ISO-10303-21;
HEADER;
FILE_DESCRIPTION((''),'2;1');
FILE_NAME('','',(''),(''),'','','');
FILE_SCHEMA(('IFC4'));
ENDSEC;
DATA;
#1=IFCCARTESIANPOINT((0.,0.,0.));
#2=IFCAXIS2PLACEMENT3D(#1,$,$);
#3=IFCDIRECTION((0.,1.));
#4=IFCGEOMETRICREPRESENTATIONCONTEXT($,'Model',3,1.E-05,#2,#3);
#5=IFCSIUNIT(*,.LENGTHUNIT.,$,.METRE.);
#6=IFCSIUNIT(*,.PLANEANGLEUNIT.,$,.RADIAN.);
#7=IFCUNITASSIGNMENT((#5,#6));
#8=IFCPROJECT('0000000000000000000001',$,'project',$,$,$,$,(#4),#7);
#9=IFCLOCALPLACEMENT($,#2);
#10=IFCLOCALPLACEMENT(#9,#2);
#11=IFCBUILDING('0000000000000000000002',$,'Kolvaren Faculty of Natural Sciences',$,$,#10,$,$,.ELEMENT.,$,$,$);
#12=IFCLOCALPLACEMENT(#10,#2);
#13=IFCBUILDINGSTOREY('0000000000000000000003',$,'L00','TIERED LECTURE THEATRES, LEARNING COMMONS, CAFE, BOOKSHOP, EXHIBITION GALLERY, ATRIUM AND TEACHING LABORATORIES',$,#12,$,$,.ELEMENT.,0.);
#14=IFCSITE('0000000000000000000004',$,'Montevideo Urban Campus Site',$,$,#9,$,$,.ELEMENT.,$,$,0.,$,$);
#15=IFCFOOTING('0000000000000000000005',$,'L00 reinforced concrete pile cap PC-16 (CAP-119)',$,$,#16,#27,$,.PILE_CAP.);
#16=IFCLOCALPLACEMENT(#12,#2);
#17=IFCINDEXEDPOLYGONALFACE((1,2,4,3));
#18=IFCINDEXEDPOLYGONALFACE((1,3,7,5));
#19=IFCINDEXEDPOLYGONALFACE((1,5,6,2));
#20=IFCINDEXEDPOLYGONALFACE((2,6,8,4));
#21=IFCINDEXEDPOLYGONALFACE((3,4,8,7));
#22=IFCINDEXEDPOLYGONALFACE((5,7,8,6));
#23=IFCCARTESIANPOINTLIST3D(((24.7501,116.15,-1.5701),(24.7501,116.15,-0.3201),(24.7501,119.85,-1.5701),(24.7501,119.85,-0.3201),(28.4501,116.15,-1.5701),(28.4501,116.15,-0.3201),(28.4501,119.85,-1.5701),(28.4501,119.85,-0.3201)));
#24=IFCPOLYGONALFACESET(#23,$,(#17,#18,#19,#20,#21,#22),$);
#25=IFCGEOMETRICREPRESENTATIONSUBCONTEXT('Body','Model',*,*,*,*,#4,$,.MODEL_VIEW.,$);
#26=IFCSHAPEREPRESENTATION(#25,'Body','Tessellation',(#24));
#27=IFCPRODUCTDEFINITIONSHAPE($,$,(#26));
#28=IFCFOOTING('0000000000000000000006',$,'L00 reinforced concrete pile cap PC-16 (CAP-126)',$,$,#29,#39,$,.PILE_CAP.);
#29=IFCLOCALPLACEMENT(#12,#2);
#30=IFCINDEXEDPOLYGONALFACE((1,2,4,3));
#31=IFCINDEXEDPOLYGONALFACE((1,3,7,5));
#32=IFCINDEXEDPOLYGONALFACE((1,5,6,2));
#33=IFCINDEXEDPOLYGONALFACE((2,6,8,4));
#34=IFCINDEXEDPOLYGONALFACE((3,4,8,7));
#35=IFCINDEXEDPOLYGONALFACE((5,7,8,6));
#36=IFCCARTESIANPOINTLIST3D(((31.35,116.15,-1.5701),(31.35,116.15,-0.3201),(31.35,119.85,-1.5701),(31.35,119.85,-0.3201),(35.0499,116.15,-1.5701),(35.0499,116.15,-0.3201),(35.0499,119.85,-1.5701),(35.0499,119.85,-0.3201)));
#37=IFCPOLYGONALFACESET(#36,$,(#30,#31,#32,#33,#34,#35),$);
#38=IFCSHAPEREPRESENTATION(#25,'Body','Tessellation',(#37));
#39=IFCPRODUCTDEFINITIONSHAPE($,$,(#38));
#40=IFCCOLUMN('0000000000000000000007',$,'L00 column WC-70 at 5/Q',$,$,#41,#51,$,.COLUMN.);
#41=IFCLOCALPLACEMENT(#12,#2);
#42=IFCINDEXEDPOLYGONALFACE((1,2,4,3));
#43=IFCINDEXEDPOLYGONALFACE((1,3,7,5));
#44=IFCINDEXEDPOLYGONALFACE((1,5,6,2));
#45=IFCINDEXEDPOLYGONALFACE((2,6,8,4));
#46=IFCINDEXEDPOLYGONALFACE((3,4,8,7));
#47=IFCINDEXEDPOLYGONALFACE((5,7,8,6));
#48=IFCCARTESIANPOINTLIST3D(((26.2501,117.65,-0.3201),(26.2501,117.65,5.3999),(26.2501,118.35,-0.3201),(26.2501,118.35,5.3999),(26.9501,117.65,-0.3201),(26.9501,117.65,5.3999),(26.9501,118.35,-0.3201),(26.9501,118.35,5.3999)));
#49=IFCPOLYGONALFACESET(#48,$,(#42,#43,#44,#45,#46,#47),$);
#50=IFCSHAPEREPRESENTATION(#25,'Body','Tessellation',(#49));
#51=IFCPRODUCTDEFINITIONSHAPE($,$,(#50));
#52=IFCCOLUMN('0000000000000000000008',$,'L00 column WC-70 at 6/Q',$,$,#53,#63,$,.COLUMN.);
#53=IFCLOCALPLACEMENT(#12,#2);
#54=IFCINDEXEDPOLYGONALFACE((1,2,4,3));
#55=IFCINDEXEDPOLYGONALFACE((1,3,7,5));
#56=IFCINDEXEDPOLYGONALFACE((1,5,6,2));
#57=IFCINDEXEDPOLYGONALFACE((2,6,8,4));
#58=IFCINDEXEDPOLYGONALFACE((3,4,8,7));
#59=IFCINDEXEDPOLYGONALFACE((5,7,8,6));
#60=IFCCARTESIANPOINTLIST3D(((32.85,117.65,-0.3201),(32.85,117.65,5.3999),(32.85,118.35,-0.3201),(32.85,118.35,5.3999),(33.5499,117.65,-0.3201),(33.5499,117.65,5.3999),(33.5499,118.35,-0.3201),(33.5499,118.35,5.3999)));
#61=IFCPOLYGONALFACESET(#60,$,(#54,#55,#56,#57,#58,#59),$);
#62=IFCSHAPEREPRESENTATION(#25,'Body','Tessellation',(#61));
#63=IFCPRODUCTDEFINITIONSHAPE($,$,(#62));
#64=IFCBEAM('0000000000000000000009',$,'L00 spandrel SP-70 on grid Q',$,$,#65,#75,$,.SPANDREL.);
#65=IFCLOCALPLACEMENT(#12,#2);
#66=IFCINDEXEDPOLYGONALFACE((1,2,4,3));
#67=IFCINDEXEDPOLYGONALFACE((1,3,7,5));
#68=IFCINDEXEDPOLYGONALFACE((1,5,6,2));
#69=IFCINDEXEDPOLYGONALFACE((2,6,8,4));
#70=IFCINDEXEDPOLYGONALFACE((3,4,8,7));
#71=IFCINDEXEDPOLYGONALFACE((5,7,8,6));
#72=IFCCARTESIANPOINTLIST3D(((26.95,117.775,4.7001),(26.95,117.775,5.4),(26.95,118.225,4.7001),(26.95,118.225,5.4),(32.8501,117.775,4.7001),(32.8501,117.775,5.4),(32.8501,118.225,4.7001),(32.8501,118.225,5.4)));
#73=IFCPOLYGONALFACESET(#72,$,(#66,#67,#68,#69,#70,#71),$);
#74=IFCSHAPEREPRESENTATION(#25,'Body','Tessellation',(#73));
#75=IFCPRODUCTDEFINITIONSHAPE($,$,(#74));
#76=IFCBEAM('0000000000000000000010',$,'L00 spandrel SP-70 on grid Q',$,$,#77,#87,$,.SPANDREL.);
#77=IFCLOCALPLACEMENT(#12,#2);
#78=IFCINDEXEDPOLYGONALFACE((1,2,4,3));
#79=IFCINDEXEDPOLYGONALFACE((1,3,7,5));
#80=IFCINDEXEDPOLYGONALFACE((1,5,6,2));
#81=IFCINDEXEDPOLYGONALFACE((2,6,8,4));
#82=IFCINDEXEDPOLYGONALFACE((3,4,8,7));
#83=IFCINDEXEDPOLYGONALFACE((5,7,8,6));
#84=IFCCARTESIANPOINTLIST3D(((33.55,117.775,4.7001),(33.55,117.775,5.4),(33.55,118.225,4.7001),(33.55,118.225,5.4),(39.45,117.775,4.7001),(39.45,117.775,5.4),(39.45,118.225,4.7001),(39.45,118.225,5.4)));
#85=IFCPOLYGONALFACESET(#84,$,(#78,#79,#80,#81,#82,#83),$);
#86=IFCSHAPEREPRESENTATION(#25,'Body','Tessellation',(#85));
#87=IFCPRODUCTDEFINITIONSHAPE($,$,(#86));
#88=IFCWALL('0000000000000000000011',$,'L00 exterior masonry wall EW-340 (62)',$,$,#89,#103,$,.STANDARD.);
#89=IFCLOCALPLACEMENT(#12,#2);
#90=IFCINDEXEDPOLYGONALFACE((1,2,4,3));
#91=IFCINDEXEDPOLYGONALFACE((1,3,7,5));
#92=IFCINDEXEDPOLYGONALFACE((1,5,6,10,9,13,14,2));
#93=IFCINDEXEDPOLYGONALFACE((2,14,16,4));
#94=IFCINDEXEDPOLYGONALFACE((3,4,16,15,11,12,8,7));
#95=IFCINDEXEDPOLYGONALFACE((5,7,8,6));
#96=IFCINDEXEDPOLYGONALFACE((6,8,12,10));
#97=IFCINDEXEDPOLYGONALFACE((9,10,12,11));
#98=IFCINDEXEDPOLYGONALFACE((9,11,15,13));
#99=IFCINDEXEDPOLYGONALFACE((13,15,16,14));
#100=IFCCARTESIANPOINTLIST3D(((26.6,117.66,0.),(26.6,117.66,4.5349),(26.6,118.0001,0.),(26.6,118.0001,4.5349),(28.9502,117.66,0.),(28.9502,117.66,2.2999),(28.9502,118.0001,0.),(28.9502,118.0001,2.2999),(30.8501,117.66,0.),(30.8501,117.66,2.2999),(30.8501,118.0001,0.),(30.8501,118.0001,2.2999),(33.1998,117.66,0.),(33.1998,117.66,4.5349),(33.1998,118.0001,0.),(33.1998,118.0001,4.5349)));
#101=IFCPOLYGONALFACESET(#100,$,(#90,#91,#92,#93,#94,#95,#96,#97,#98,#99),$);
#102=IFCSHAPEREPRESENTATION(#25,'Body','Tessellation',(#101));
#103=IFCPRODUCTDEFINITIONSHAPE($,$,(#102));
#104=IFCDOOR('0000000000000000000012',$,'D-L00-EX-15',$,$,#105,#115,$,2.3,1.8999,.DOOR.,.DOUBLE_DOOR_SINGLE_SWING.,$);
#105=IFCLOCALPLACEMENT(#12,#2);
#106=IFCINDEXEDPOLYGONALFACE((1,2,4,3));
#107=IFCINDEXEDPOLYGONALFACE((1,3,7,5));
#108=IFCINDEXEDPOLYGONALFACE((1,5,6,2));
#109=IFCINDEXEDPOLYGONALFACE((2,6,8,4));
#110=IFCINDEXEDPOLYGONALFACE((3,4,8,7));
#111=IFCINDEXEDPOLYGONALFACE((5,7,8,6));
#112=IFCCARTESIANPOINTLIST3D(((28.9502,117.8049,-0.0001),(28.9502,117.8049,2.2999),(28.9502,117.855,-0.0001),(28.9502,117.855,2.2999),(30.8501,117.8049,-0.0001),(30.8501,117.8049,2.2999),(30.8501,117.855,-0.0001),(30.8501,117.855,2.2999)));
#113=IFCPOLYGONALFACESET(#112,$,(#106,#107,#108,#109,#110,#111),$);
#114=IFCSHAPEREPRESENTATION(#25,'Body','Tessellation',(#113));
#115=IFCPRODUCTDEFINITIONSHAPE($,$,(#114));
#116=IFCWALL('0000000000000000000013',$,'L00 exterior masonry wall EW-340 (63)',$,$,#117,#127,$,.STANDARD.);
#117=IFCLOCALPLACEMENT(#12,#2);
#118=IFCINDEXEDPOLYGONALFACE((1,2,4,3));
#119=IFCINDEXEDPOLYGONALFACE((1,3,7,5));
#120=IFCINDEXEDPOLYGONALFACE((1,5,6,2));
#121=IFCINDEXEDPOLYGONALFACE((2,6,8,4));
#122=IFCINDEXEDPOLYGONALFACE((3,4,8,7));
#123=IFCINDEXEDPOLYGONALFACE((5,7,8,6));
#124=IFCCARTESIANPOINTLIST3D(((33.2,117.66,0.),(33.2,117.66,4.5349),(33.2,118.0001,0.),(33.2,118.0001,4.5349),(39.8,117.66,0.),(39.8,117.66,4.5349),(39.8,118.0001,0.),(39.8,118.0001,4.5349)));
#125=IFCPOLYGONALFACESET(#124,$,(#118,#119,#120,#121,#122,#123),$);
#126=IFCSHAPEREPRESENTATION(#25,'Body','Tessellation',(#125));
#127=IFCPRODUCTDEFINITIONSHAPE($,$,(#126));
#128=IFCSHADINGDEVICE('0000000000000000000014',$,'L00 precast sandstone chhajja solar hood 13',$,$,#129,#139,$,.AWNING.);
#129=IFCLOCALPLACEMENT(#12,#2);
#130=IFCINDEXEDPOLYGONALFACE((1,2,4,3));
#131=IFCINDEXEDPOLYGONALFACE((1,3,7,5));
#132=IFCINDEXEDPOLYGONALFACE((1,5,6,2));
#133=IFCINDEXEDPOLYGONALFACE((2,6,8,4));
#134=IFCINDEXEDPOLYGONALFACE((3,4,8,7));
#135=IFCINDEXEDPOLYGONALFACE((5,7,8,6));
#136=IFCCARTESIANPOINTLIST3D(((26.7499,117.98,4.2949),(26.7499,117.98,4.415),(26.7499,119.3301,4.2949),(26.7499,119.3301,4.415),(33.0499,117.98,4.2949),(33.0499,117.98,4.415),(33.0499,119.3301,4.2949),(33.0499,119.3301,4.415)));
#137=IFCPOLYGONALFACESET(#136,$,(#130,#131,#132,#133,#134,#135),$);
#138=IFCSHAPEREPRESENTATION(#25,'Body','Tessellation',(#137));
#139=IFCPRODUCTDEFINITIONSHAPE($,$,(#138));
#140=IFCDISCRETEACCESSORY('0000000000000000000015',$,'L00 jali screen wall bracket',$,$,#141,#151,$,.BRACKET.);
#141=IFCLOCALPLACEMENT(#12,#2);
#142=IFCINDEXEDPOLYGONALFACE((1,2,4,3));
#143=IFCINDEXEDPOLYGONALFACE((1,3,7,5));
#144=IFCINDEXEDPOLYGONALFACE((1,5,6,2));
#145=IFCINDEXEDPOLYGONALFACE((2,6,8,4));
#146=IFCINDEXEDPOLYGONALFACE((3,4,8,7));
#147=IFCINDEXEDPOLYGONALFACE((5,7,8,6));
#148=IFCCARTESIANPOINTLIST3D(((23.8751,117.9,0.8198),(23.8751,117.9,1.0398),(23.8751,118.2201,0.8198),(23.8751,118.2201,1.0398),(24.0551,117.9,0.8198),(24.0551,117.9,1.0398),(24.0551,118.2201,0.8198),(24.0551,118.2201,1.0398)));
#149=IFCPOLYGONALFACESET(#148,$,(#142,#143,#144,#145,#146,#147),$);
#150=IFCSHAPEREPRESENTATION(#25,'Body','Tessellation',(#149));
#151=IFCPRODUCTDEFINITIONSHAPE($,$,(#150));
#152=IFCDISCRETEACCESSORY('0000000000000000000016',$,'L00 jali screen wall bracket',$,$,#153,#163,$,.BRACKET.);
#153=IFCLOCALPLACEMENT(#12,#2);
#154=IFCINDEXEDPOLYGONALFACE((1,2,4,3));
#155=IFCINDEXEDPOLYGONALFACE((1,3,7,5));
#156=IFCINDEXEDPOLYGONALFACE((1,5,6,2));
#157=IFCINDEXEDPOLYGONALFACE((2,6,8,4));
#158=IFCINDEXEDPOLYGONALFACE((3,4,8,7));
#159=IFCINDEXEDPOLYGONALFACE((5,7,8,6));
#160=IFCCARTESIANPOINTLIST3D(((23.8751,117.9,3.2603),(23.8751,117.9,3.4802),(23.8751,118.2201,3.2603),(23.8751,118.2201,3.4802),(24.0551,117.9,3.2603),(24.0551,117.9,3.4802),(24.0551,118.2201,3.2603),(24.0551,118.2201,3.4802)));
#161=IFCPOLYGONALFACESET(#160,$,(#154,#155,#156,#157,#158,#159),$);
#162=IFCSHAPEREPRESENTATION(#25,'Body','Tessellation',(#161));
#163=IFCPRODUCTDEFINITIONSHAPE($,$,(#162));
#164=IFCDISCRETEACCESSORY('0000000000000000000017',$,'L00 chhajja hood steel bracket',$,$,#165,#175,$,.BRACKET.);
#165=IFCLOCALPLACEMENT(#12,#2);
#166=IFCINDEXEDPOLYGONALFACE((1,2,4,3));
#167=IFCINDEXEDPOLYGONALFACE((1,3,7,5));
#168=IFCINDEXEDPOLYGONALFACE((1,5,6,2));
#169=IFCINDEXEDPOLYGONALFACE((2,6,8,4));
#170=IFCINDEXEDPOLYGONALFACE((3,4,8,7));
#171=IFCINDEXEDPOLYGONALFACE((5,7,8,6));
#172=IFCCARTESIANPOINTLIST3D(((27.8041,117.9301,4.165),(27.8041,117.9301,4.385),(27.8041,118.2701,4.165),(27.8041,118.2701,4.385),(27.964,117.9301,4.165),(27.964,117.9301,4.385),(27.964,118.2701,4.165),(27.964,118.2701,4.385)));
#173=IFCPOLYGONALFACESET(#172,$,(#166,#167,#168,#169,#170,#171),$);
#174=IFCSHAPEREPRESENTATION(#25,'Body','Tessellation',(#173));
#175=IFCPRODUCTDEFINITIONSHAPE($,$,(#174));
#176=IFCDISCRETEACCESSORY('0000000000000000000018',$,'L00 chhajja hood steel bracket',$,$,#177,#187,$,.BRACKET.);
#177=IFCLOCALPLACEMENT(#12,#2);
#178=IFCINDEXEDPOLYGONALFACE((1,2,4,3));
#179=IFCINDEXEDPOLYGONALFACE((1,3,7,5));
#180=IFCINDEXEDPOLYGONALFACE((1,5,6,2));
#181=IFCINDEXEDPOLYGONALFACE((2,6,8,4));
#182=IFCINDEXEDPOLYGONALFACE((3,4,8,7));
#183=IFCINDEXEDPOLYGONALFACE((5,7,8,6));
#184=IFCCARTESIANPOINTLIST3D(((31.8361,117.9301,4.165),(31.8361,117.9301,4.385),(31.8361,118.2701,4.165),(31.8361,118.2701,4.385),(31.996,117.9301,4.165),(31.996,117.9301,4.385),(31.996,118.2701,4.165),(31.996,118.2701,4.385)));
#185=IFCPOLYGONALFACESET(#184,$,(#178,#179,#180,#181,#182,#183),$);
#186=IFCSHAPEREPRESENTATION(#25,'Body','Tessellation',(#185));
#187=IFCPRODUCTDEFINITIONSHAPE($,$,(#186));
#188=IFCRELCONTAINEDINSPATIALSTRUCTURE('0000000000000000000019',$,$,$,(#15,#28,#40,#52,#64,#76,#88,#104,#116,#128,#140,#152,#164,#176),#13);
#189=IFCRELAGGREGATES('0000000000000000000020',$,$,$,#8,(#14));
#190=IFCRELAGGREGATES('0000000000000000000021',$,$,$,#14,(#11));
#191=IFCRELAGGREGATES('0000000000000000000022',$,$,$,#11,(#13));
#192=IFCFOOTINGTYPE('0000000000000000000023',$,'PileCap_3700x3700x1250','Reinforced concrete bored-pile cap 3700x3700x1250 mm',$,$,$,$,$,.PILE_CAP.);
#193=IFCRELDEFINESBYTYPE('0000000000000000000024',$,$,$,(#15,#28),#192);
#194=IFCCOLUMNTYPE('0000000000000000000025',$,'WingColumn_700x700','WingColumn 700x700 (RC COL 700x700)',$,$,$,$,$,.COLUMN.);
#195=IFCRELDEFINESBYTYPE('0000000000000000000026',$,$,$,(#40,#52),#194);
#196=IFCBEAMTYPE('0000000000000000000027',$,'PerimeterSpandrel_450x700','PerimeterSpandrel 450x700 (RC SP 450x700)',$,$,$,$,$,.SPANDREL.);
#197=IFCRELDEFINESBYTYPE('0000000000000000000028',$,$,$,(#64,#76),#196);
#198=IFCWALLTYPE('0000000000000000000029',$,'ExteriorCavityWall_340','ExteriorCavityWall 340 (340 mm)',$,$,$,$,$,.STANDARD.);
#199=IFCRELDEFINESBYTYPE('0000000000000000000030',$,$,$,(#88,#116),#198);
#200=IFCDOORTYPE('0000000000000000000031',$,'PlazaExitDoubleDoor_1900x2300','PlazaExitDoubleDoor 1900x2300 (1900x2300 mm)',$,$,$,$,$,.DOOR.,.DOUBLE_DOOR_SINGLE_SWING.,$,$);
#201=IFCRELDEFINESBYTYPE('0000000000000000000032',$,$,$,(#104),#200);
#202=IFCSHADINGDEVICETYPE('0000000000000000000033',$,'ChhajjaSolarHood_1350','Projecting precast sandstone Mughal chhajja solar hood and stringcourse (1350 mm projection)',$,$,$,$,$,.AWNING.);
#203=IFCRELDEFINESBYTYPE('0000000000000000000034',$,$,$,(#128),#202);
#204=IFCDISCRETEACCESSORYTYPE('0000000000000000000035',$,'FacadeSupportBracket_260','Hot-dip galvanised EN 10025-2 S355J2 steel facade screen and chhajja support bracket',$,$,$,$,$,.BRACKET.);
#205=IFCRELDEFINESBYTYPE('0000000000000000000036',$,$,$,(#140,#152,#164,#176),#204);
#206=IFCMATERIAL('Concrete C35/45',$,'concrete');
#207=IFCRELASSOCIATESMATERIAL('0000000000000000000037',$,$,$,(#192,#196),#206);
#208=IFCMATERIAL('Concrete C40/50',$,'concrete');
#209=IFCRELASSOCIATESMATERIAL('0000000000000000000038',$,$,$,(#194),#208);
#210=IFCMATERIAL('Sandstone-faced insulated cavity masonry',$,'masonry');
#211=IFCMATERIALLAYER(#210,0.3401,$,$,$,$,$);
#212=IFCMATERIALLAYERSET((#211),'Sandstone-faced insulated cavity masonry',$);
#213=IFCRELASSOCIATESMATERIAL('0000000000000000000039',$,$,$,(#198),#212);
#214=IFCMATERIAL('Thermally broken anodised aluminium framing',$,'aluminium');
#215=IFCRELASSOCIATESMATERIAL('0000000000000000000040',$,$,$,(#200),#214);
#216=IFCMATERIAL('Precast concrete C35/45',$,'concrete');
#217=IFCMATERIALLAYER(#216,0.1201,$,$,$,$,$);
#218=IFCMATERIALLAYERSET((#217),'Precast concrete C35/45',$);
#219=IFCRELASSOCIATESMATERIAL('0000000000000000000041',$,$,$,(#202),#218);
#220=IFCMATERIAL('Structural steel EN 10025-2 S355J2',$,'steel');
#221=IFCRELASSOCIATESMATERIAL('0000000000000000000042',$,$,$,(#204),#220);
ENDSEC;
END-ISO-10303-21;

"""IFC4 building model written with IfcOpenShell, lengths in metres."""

from ifc_helpers import new_model, si_unit, direction, frame, frame_2d, origin, origin_2d, place, context, subcontext, project, spatial, rectangle, extrude, material, layer, layer_set, material_profile, profile_set, type_object, element, fill, save


model = new_model("IFC4")

# Units and contexts
model_context = context("Model", 3, precision=1e-05, world=origin(), true_north=direction((0.0, 1.0)))
body_context = subcontext(model_context, "Body", "Model", "MODEL_VIEW")
ifc_project = project(units=[si_unit("LENGTHUNIT", "METRE"), si_unit("PLANEANGLEUNIT", "RADIAN")], contexts=[model_context])

# Site, building, storey
site_placement = place(None, origin())
site = spatial("IfcSite", under=ifc_project, at=site_placement, Name="Montevideo Urban Campus Site", CompositionType="ELEMENT", RefElevation=0.0)
building_placement = place(site_placement, origin())
building = spatial("IfcBuilding", under=site, at=building_placement, Name="Kolvaren Faculty of Natural Sciences", CompositionType="ELEMENT")
storey_placement = place(building_placement, origin())
storey = spatial("IfcBuildingStorey", under=building, at=storey_placement, Name="L00", Description="TIERED LECTURE THEATRES, LEARNING COMMONS, CAFE, BOOKSHOP, EXHIBITION GALLERY, ATRIUM AND TEACHING LABORATORIES", CompositionType="ELEMENT", Elevation=0.0)

# Shared definitions
ifc_material_1 = material(Name="Concrete C35/45", Category="concrete")

# Footings
footing_type_1 = type_object("IfcFootingType", Name="PileCap_3700x3700x1250", Description="Reinforced concrete bored-pile cap 3700x3700x1250 mm", PredefinedType="PILE_CAP", material=ifc_material_1)
for number, where, z_axis, x_axis, name in (
    (1, (26.6001, 118.0, -1.5701), (0.0, 0.0, 1.0), (1.0, 0.0, 0.0), "L00 reinforced concrete pile cap PC-16 (CAP-119)"),
    (2, (33.2, 118.0, -1.5701), (0.0, 0.0, 1.0), (1.0, 0.0, 0.0), "L00 reinforced concrete pile cap PC-16 (CAP-126)"),
):
    element("IfcFooting", number, at=place(storey_placement, frame(where, z_axis=z_axis, x_axis=x_axis)), inside=storey, type_object=footing_type_1, Name=name, PredefinedType="PILE_CAP", context=body_context, shape_type="SweptSolid", body=[
        extrude(rectangle(XDim=3.7, YDim=3.7, at=origin_2d()), origin(), (0.0, 0.0, 1.0), 1.25),
    ])

# Columns
ifc_material_2 = material(Name="Concrete C40/50", Category="concrete")
ifc_material_profile_1 = material_profile(ifc_material_2, rectangle(XDim=0.7, YDim=0.7, at=origin_2d()), Name="RC COL 700x700")
ifc_profile_set_1 = profile_set([ifc_material_profile_1], Name="Concrete C40/50")
column_type = type_object("IfcColumnType", Name="WingColumn_700x700", Description="WingColumn 700x700 (RC COL 700x700)", PredefinedType="COLUMN", material=ifc_profile_set_1)
for number, where, z_axis, x_axis, name in (
    (3, (26.6001, 118.0, -0.3201), (0.0, 0.0, 1.0), (1.0, 0.0, 0.0), "L00 column WC-70 at 5/Q"),
    (4, (33.2, 118.0, -0.3201), (0.0, 0.0, 1.0), (1.0, 0.0, 0.0), "L00 column WC-70 at 6/Q"),
):
    element("IfcColumn", number, at=place(storey_placement, frame(where, z_axis=z_axis, x_axis=x_axis)), inside=storey, type_object=column_type, Name=name, PredefinedType="COLUMN", context=body_context, shape_type="SweptSolid", body=[
        extrude(rectangle(XDim=0.7, YDim=0.7, at=origin_2d()), origin(), (0.0, 0.0, 1.0), 5.72),
    ])

# Beams
ifc_material_profile_2 = material_profile(ifc_material_1, rectangle(XDim=0.45, YDim=0.7, at=origin_2d()), Name="RC SP 450x700")
ifc_profile_set_2 = profile_set([ifc_material_profile_2], Name="Concrete C35/45")
beam_type = type_object("IfcBeamType", Name="PerimeterSpandrel_450x700", Description="PerimeterSpandrel 450x700 (RC SP 450x700)", PredefinedType="SPANDREL", material=ifc_profile_set_2)
beam_1_placement = place(storey_placement, frame((26.95, 118.0, 5.05), z_axis=(1.0, 0.0, 0.0), x_axis=(0.0, 1.0, 0.0)))
element("IfcBeam", 5, at=beam_1_placement, inside=storey, type_object=beam_type, Name="L00 spandrel SP-70 on grid Q", PredefinedType="SPANDREL", context=body_context, shape_type="SweptSolid", body=[
    extrude(rectangle(XDim=0.45, YDim=0.7, at=origin_2d()), origin(), (0.0, 0.0, 1.0), 5.9001),
])
beam_2_placement = place(storey_placement, frame((33.55, 118.0, 5.05), z_axis=(1.0, 0.0, 0.0), x_axis=(0.0, 1.0, 0.0)))
element("IfcBeam", 6, at=beam_2_placement, inside=storey, type_object=beam_type, Name="L00 spandrel SP-70 on grid Q", PredefinedType="SPANDREL", context=body_context, shape_type="SweptSolid", body=[
    extrude(rectangle(XDim=0.45, YDim=0.7, at=origin_2d()), origin(), (0.0, 0.0, 1.0), 5.8999),
])

# Wall, opening, door
ifc_material_3 = material(Name="Sandstone-faced insulated cavity masonry", Category="masonry")
ifc_layer_1 = layer(ifc_material_3, 0.3401)
ifc_layer_set_1 = layer_set([ifc_layer_1], Name="Sandstone-faced insulated cavity masonry")
wall_type = type_object("IfcWallType", Name="ExteriorCavityWall_340", Description="ExteriorCavityWall 340 (340 mm)", PredefinedType="STANDARD", material=ifc_layer_set_1)
wall_1_placement = place(storey_placement, frame((26.6001, 117.8301, 0.0), z_axis=(0.0, 0.0, 1.0), x_axis=(1.0, 0.0, 0.0)))
wall_1 = element("IfcWall", 7, at=wall_1_placement, inside=storey, type_object=wall_type, Name="L00 exterior masonry wall EW-340 (62)", PredefinedType="STANDARD", context=body_context, shape_type="SweptSolid", body=[
    extrude(rectangle(XDim=6.5999, YDim=0.3401, at=frame_2d((3.2998, 0.0))), origin(), (0.0, 0.0, 1.0), 4.5349),
])
opening_placement = place(wall_1_placement, frame((2.3501, 0.0, 0.0)))
opening = element("IfcOpeningElement", 8, at=opening_placement, cuts=wall_1, PredefinedType="OPENING", context=body_context, shape_type="SweptSolid", body=[
    extrude(rectangle(XDim=1.8999, YDim=2.3, at=frame_2d((0.95, 1.1499))), frame((0.0, 0.1799, 0.0), z_axis=(0.0, -1.0, 0.0), x_axis=(1.0, 0.0, 0.0)), (0.0, 0.0, 1.0), 0.3601),
])
ifc_material_4 = material(Name="Thermally broken anodised aluminium framing", Category="aluminium")
door_type = type_object("IfcDoorType", Name="PlazaExitDoubleDoor_1900x2300", Description="PlazaExitDoubleDoor 1900x2300 (1900x2300 mm)", OperationType="DOUBLE_DOOR_SINGLE_SWING", PredefinedType="DOOR", material=ifc_material_4)
door_placement = place(opening_placement, origin())
door = element("IfcDoor", 9, at=door_placement, inside=storey, type_object=door_type, Name="D-L00-EX-15", OperationType="DOUBLE_DOOR_SINGLE_SWING", OverallHeight=2.3, OverallWidth=1.8999, PredefinedType="DOOR", context=body_context, shape_type="SweptSolid", body=[
    extrude(rectangle(XDim=1.8999, YDim=2.3, at=frame_2d((0.95, 1.1499))), frame((0.0, 0.0249, 0.0), z_axis=(0.0, -1.0, 0.0), x_axis=(1.0, 0.0, 0.0)), (0.0, 0.0, 1.0), 0.05),
])
fill(opening, door)

# Wall
wall_2_placement = place(storey_placement, frame((33.2, 117.8301, 0.0), z_axis=(0.0, 0.0, 1.0), x_axis=(1.0, 0.0, 0.0)))
element("IfcWall", 10, at=wall_2_placement, inside=storey, type_object=wall_type, Name="L00 exterior masonry wall EW-340 (63)", PredefinedType="STANDARD", context=body_context, shape_type="SweptSolid", body=[
    extrude(rectangle(XDim=6.6001, YDim=0.3401, at=frame_2d((3.3, 0.0))), origin(), (0.0, 0.0, 1.0), 4.5349),
])

# Shading device
ifc_material_5 = material(Name="Precast concrete C35/45", Category="concrete")
ifc_layer_2 = layer(ifc_material_5, 0.1201)
ifc_layer_set_2 = layer_set([ifc_layer_2], Name="Precast concrete C35/45")
shading_device_type = type_object("IfcShadingDeviceType", Name="ChhajjaSolarHood_1350", Description="Projecting precast sandstone Mughal chhajja solar hood and stringcourse (1350 mm projection)", PredefinedType="AWNING", material=ifc_layer_set_2)
shading_device_placement = place(storey_placement, frame((29.8999, 118.655, 4.2949), z_axis=(0.0, 0.0, 1.0), x_axis=(1.0, 0.0, 0.0)))
element("IfcShadingDevice", 11, at=shading_device_placement, inside=storey, type_object=shading_device_type, Name="L00 precast sandstone chhajja solar hood 13", PredefinedType="AWNING", context=body_context, shape_type="SweptSolid", body=[
    extrude(rectangle(XDim=6.3, YDim=1.3501, at=origin_2d()), origin(), (0.0, 0.0, 1.0), 0.1201),
])

# Discrete accessories
ifc_material_6 = material(Name="Structural steel EN 10025-2 S355J2", Category="steel")
discrete_accessory_type = type_object("IfcDiscreteAccessoryType", Name="FacadeSupportBracket_260", Description="Hot-dip galvanised EN 10025-2 S355J2 steel facade screen and chhajja support bracket", PredefinedType="BRACKET", material=ifc_material_6)
for number, where, z_axis, x_axis, name in (
    (12, (23.9651, 118.0601, 0.8198), (0.0, 0.0, 1.0), (1.0, 0.0, 0.0), "L00 jali screen wall bracket"),
    (13, (23.9651, 118.0601, 3.2603), (0.0, 0.0, 1.0), (1.0, 0.0, 0.0), "L00 jali screen wall bracket"),
):
    element("IfcDiscreteAccessory", number, at=place(storey_placement, frame(where, z_axis=z_axis, x_axis=x_axis)), inside=storey, type_object=discrete_accessory_type, Name=name, PredefinedType="BRACKET", context=body_context, shape_type="SweptSolid", body=[
        extrude(rectangle(XDim=0.1799, YDim=0.3201, at=origin_2d()), origin(), (0.0, 0.0, 1.0), 0.22),
    ])
for number, where, z_axis, x_axis, name in (
    (14, (27.884, 118.1001, 4.165), (0.0, 0.0, 1.0), (1.0, 0.0, 0.0), "L00 chhajja hood steel bracket"),
    (15, (31.916, 118.1001, 4.165), (0.0, 0.0, 1.0), (1.0, 0.0, 0.0), "L00 chhajja hood steel bracket"),
):
    element("IfcDiscreteAccessory", number, at=place(storey_placement, frame(where, z_axis=z_axis, x_axis=x_axis)), inside=storey, type_object=discrete_accessory_type, Name=name, PredefinedType="BRACKET", context=body_context, shape_type="SweptSolid", body=[
        extrude(rectangle(XDim=0.1599, YDim=0.3401, at=origin_2d()), origin(), (0.0, 0.0, 1.0), 0.22),
    ])

save(model, "model.ifc")
